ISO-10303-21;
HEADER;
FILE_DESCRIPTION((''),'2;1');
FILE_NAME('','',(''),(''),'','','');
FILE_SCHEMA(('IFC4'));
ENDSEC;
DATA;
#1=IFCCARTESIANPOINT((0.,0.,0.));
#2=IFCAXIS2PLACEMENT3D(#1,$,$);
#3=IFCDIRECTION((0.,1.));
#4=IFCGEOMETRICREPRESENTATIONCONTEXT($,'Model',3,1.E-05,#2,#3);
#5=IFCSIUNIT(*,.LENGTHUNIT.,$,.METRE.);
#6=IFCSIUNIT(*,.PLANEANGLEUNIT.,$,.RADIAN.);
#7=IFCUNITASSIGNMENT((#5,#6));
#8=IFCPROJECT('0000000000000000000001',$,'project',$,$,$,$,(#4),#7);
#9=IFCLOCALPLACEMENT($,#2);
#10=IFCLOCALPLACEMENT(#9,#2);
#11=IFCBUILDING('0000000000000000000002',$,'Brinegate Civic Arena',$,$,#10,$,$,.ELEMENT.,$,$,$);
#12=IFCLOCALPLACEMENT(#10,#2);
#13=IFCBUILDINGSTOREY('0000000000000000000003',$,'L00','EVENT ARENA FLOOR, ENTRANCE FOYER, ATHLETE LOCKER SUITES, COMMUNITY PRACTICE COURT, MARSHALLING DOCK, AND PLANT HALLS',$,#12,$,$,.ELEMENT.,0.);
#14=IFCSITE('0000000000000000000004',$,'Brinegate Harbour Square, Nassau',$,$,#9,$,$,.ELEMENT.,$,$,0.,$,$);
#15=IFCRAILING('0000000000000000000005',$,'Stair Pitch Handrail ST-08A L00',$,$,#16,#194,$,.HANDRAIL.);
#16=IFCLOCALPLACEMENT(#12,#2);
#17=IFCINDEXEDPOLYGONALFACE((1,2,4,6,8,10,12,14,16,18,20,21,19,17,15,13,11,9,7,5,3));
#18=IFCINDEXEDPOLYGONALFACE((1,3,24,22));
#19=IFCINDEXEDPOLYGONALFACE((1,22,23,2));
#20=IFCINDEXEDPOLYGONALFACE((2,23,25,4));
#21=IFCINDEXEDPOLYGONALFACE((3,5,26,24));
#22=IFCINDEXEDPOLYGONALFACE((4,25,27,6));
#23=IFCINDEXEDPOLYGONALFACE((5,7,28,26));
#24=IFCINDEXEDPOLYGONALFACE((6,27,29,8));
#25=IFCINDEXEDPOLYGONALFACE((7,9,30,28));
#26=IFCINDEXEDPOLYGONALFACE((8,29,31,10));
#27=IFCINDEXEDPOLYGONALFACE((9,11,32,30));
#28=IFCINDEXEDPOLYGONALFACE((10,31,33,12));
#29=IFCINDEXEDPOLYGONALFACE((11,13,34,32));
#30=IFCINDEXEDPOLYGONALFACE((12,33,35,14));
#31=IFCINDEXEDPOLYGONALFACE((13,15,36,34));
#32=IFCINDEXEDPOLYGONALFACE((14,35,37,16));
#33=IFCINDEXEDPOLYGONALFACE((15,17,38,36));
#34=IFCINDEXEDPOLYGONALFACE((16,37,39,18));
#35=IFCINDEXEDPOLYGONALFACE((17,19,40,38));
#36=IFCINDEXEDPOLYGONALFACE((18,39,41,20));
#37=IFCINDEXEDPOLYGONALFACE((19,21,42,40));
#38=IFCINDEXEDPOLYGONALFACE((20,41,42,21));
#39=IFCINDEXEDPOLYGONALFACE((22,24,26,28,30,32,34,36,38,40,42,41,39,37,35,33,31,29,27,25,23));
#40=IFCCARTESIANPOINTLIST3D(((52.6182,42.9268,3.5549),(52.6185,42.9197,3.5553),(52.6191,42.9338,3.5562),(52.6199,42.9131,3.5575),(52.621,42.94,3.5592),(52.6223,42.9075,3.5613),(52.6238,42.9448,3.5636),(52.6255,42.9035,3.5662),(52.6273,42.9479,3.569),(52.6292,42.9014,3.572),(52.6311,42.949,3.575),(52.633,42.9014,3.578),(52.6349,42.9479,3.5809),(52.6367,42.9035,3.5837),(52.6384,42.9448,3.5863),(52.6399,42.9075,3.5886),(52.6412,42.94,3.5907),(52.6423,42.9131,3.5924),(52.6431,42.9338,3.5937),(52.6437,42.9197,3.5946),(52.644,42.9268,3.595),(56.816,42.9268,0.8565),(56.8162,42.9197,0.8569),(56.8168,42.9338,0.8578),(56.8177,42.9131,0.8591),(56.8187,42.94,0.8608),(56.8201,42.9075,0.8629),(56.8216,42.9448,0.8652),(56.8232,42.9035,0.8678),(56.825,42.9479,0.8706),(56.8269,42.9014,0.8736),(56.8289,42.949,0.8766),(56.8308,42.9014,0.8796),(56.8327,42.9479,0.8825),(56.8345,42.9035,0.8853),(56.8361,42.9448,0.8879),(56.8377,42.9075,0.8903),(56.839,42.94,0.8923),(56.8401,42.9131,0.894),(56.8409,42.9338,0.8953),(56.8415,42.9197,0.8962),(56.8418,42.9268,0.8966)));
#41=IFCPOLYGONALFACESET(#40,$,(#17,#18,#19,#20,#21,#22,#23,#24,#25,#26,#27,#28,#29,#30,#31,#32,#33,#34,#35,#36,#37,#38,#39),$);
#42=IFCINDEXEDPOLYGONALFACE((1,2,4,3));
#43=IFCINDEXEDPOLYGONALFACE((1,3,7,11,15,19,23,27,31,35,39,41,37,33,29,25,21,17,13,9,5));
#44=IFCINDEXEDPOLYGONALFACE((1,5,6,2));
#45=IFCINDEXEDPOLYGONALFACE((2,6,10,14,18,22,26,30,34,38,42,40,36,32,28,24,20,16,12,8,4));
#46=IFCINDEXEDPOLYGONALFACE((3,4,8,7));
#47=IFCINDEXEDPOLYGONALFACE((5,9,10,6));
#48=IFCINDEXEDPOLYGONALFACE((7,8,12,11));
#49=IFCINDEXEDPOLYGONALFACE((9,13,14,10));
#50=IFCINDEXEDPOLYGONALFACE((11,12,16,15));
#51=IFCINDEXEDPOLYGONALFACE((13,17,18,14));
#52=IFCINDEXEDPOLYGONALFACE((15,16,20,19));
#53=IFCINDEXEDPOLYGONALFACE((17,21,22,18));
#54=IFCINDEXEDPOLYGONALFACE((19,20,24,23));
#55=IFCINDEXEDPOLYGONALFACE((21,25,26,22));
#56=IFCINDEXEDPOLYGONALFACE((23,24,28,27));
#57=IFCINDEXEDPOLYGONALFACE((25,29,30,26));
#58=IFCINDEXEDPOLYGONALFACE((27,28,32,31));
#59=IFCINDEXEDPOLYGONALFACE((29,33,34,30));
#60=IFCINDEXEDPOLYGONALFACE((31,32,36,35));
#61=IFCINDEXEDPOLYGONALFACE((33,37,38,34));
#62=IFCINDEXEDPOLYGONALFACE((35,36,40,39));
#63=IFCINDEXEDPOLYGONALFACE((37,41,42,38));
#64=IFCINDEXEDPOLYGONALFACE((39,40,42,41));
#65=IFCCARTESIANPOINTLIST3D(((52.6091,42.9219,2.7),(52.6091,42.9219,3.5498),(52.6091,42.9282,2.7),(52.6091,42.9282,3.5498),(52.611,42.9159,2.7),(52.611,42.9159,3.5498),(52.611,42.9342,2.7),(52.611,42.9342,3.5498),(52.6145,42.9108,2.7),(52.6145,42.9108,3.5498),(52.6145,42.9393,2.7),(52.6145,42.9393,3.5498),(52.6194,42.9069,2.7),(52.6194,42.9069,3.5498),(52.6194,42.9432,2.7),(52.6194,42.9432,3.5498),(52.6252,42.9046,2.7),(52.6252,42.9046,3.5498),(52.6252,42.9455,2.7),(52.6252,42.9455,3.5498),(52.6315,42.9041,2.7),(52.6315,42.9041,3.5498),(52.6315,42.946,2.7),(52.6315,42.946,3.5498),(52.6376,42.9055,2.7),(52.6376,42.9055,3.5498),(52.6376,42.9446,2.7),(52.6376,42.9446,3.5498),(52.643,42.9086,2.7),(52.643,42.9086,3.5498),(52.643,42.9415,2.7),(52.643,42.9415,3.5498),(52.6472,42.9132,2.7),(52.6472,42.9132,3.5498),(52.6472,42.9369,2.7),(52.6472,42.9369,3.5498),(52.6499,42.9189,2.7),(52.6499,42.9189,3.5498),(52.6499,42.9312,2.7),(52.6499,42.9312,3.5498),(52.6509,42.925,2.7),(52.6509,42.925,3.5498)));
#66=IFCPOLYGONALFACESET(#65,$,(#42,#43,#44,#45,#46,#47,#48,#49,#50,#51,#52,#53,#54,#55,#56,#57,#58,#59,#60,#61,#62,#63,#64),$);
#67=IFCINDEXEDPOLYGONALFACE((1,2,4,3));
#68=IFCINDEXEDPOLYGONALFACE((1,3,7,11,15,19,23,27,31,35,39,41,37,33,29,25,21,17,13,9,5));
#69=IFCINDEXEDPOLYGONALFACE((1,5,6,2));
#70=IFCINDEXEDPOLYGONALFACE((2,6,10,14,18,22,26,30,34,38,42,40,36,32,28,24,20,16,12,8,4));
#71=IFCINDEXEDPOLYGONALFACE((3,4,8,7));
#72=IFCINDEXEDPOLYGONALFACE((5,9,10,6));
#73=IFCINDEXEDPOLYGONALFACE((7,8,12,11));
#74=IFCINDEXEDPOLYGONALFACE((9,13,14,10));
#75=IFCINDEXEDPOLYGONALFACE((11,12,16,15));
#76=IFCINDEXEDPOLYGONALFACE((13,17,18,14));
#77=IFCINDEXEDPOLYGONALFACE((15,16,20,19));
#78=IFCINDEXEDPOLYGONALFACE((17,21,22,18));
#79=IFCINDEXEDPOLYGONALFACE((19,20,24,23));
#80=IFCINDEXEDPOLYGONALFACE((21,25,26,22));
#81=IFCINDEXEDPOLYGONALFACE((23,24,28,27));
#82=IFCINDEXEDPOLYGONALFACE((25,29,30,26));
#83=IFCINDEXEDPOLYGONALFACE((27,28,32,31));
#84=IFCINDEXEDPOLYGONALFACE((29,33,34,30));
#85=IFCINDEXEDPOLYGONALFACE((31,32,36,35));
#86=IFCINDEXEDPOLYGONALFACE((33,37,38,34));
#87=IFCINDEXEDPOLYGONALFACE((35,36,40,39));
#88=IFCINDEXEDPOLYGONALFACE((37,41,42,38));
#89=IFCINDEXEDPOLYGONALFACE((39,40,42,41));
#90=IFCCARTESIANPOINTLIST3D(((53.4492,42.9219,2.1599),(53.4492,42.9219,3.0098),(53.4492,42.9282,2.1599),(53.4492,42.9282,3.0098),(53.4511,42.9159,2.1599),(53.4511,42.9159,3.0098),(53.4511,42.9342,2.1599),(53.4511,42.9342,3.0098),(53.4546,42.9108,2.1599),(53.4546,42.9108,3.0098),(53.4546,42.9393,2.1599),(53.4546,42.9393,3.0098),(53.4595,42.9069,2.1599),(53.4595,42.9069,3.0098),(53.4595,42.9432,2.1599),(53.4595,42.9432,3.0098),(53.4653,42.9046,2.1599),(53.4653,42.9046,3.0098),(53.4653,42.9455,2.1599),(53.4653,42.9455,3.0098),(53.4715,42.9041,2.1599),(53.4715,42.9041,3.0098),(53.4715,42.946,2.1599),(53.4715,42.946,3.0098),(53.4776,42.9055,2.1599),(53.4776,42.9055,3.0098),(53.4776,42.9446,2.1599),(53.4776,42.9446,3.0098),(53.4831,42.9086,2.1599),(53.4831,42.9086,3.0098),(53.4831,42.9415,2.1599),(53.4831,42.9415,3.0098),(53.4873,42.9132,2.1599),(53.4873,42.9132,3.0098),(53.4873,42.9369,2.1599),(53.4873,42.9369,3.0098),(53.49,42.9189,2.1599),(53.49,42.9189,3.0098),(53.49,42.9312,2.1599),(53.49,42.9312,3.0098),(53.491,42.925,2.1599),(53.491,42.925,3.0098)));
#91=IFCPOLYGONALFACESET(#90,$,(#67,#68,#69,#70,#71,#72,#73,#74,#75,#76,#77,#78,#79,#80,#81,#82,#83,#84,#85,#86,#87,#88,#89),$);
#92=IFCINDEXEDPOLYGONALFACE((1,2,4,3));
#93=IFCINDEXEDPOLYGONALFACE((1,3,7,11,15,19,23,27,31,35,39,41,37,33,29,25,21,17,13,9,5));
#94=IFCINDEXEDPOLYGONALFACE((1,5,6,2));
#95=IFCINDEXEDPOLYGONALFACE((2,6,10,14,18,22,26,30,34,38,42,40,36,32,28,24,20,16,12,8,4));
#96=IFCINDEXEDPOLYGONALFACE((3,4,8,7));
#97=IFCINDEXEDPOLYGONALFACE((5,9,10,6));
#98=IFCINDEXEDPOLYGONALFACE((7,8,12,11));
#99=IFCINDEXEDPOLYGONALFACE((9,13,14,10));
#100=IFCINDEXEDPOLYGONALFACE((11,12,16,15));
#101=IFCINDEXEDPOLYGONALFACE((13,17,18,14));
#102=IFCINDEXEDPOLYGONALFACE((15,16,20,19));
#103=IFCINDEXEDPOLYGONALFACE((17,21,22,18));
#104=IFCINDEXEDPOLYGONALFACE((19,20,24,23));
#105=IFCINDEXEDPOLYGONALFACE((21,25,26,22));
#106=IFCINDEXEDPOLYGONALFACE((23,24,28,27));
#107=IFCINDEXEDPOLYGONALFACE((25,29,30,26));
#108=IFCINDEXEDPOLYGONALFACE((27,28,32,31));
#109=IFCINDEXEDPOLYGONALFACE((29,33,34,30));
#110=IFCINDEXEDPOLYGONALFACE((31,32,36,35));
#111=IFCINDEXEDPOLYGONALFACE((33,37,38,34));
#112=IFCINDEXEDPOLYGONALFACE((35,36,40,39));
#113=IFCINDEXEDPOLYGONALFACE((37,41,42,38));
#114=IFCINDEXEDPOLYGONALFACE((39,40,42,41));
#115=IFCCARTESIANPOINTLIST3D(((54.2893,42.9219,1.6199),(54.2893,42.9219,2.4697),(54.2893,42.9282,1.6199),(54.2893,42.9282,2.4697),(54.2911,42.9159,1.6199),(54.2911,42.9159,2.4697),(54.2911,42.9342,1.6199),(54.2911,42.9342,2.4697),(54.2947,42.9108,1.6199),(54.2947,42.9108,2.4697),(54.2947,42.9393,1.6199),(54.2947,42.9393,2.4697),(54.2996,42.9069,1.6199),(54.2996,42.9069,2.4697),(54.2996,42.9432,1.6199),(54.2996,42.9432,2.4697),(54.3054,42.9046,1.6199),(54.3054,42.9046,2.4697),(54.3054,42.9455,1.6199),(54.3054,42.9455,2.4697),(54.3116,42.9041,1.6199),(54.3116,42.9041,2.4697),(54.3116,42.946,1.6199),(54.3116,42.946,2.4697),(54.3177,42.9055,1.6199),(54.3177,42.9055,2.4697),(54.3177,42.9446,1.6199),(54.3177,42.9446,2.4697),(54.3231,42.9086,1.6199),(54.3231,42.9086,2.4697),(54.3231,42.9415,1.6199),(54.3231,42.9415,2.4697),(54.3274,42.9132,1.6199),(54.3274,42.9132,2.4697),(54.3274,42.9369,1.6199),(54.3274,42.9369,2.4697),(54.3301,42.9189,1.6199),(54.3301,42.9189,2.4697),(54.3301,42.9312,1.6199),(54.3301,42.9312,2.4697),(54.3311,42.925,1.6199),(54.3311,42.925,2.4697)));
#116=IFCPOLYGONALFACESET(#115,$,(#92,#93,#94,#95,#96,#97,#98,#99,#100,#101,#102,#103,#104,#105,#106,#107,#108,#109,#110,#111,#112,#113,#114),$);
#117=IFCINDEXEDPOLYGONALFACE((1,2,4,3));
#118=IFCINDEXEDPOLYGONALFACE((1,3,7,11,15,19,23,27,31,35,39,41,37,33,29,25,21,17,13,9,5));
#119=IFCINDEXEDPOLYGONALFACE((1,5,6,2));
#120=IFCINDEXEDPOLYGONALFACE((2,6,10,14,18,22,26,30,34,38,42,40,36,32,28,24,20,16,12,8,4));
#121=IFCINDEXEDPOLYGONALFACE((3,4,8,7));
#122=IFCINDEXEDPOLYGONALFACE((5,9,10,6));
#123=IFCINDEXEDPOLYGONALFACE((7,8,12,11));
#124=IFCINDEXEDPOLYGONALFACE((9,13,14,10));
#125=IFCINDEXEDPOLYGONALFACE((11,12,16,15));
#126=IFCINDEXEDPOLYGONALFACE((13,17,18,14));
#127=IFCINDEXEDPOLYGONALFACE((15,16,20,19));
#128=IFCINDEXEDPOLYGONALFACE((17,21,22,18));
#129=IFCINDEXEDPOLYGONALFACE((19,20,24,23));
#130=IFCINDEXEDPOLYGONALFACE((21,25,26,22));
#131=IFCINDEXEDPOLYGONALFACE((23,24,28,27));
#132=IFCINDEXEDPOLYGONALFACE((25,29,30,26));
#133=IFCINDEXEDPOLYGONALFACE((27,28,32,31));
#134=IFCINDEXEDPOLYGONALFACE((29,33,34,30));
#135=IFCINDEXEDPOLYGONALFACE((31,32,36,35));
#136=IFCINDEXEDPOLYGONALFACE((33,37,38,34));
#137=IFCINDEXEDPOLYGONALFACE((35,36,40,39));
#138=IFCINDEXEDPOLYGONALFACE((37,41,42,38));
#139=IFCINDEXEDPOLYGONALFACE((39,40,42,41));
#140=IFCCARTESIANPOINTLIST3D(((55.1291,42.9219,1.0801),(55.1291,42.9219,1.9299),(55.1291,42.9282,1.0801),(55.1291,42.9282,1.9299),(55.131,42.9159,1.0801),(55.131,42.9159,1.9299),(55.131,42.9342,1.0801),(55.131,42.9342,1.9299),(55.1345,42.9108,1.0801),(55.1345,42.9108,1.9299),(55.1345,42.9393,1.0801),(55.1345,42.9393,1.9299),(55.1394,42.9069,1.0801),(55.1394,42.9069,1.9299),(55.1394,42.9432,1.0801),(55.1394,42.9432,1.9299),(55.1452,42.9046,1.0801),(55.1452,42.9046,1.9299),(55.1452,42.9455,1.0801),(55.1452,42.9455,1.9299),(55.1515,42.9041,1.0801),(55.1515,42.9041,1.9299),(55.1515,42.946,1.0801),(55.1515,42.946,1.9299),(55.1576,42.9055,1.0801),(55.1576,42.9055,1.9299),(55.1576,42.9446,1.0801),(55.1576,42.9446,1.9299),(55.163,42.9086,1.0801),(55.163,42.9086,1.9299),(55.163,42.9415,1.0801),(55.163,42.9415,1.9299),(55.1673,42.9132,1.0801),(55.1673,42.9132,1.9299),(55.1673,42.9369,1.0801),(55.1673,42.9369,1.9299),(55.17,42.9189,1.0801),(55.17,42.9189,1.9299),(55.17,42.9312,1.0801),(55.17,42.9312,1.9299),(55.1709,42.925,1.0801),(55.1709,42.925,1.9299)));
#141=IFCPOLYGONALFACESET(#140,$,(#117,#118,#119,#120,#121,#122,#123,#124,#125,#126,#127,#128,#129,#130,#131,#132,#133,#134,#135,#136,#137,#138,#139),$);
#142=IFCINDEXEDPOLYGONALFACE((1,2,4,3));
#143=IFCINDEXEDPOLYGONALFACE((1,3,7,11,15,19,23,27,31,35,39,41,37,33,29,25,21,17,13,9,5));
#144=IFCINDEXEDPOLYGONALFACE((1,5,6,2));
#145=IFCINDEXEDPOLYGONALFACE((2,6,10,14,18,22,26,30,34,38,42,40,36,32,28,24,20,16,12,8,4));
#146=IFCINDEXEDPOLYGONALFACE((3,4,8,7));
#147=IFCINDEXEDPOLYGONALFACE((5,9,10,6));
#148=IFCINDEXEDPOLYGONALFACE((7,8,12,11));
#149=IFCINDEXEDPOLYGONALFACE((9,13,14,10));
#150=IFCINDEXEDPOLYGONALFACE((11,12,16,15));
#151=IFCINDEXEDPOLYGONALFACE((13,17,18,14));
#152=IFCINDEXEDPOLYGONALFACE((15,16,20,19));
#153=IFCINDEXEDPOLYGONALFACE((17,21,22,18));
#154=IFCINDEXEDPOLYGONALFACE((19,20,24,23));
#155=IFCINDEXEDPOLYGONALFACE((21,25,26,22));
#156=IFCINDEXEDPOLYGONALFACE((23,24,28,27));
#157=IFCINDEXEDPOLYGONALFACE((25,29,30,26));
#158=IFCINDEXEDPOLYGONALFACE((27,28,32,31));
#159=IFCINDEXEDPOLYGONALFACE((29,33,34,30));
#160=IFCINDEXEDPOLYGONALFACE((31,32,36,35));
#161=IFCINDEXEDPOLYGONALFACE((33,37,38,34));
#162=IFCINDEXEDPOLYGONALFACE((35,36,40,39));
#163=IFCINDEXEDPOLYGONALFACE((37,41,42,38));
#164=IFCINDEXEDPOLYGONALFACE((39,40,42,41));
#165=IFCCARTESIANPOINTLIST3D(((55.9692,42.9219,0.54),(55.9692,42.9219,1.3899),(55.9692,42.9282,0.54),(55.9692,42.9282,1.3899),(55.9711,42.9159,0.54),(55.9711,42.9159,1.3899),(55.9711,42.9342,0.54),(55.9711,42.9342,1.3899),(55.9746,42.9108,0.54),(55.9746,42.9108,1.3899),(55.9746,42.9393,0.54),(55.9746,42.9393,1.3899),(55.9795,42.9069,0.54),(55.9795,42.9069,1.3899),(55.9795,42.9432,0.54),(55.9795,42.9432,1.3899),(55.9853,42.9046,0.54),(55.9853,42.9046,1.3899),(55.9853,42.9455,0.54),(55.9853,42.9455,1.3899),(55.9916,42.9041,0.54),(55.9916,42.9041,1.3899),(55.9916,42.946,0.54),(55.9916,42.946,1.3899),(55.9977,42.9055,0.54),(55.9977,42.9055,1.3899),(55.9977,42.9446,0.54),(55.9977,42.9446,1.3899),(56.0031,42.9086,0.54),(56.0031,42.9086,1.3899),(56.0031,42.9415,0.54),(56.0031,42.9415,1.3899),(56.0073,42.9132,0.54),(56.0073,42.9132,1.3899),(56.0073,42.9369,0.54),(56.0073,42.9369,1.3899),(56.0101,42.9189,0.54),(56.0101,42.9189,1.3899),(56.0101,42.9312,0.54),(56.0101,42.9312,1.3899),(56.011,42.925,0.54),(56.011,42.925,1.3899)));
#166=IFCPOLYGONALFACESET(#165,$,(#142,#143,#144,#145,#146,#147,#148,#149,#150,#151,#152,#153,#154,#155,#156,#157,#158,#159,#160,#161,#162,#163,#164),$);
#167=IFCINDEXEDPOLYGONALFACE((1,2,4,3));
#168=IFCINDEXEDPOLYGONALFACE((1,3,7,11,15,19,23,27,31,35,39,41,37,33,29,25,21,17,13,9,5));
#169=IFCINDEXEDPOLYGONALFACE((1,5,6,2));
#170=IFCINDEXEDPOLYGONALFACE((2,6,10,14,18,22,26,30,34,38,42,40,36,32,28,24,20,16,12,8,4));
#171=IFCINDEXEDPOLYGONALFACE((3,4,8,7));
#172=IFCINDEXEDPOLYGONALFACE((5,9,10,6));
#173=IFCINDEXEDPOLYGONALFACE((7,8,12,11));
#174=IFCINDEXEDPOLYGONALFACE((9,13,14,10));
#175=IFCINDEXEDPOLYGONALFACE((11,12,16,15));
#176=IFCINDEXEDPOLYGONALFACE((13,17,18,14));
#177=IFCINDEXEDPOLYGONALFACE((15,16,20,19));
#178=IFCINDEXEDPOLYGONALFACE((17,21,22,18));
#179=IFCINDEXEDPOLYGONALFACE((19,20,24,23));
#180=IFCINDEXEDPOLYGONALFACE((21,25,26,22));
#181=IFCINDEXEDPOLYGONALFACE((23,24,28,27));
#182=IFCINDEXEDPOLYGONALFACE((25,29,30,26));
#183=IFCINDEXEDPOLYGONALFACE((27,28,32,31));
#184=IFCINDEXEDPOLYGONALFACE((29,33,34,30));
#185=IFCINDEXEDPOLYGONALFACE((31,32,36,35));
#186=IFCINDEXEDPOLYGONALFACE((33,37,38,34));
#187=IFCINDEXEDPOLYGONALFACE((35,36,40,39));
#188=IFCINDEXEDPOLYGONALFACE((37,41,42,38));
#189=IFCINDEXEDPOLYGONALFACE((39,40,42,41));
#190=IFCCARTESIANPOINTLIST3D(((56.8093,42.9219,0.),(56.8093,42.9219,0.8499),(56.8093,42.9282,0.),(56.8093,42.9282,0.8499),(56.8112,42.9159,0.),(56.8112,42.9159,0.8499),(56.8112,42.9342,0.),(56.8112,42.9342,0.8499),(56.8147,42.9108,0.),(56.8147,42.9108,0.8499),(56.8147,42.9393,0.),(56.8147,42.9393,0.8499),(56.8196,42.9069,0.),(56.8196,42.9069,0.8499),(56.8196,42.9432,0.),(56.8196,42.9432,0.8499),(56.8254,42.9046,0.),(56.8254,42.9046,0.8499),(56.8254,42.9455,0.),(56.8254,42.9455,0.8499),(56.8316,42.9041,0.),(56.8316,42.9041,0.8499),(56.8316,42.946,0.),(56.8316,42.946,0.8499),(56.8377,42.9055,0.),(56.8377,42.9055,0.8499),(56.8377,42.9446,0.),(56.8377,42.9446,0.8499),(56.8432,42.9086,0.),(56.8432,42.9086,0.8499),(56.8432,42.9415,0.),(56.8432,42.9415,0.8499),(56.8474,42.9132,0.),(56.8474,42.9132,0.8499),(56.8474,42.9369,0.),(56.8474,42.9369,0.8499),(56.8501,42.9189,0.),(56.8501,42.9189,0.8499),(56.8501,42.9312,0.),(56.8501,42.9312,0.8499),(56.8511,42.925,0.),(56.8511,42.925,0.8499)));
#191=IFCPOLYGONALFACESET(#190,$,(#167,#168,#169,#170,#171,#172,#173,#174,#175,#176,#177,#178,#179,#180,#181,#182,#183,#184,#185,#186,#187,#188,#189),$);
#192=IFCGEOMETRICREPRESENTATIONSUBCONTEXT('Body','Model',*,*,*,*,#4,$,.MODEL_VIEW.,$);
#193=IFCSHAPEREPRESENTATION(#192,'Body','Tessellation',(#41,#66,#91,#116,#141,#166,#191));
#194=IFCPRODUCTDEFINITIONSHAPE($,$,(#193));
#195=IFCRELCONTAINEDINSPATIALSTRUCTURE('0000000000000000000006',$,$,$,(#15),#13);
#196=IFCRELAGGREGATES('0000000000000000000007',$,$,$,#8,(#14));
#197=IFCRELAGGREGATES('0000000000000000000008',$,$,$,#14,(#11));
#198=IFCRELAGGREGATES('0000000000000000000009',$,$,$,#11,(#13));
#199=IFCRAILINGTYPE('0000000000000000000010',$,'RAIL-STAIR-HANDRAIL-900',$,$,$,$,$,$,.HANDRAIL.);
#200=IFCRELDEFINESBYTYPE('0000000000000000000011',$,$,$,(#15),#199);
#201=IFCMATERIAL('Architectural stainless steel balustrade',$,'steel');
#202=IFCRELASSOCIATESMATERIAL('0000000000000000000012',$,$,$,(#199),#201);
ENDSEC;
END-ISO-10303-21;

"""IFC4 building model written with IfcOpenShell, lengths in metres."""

from ifc_helpers import new_model, si_unit, direction, frame, origin, origin_2d, place, context, subcontext, project, spatial, circle, extrude, material, type_object, element, save


model = new_model("IFC4")

# Units and contexts
model_context = context("Model", 3, precision=1e-05, world=origin(), true_north=direction((0.0, 1.0)))
body_context = subcontext(model_context, "Body", "Model", "MODEL_VIEW")
ifc_project = project(units=[si_unit("LENGTHUNIT", "METRE"), si_unit("PLANEANGLEUNIT", "RADIAN")], contexts=[model_context])

# Site, building, storey
site_placement = place(None, origin())
site = spatial("IfcSite", under=ifc_project, at=site_placement, Name="Brinegate Harbour Square, Nassau", CompositionType="ELEMENT", RefElevation=0.0)
building_placement = place(site_placement, origin())
building = spatial("IfcBuilding", under=site, at=building_placement, Name="Brinegate Civic Arena", CompositionType="ELEMENT")
storey_placement = place(building_placement, origin())
storey = spatial("IfcBuildingStorey", under=building, at=storey_placement, Name="L00", Description="EVENT ARENA FLOOR, ENTRANCE FOYER, ATHLETE LOCKER SUITES, COMMUNITY PRACTICE COURT, MARSHALLING DOCK, AND PLANT HALLS", CompositionType="ELEMENT", Elevation=0.0)

# Railing
ifc_material_1 = material(Name="Architectural stainless steel balustrade", Category="steel")
railing_type = type_object("IfcRailingType", Name="RAIL-STAIR-HANDRAIL-900", PredefinedType="HANDRAIL", material=ifc_material_1)
for number, where, name in (
    (1, (52.6299, 42.925, 2.7), "Stair Pitch Handrail ST-08A L00"),
):
    element("IfcRailing", number, at=place(storey_placement, frame(where)), inside=storey, type_object=railing_type, Name=name, PredefinedType="HANDRAIL", context=body_context, shape_type="SweptSolid", body=[
        extrude(circle(Radius=0.0239, at=origin_2d()), frame((0.0012, 0.0, 0.875), z_axis=(0.841194, 0.0, -0.540733), x_axis=(0.0, 1.0, 0.0)), (0.0, 0.0, 1.0), 4.9902),
        extrude(circle(Radius=0.021, at=origin_2d()), origin(), (0.0, 0.0, 1.0), 0.8499),
        extrude(circle(Radius=0.021, at=origin_2d()), frame((0.8401, 0.0, -0.54)), (0.0, 0.0, 1.0), 0.8499),
        extrude(circle(Radius=0.021, at=origin_2d()), frame((1.6802, 0.0, -1.0801)), (0.0, 0.0, 1.0), 0.8499),
        extrude(circle(Radius=0.021, at=origin_2d()), frame((2.52, 0.0, -1.6199)), (0.0, 0.0, 1.0), 0.8499),
        extrude(circle(Radius=0.021, at=origin_2d()), frame((3.3601, 0.0, -2.1599)), (0.0, 0.0, 1.0), 0.8499),
        extrude(circle(Radius=0.021, at=origin_2d()), frame((4.2002, 0.0, -2.7)), (0.0, 0.0, 1.0), 0.8499),
    ])

save(model, "model.ifc")
